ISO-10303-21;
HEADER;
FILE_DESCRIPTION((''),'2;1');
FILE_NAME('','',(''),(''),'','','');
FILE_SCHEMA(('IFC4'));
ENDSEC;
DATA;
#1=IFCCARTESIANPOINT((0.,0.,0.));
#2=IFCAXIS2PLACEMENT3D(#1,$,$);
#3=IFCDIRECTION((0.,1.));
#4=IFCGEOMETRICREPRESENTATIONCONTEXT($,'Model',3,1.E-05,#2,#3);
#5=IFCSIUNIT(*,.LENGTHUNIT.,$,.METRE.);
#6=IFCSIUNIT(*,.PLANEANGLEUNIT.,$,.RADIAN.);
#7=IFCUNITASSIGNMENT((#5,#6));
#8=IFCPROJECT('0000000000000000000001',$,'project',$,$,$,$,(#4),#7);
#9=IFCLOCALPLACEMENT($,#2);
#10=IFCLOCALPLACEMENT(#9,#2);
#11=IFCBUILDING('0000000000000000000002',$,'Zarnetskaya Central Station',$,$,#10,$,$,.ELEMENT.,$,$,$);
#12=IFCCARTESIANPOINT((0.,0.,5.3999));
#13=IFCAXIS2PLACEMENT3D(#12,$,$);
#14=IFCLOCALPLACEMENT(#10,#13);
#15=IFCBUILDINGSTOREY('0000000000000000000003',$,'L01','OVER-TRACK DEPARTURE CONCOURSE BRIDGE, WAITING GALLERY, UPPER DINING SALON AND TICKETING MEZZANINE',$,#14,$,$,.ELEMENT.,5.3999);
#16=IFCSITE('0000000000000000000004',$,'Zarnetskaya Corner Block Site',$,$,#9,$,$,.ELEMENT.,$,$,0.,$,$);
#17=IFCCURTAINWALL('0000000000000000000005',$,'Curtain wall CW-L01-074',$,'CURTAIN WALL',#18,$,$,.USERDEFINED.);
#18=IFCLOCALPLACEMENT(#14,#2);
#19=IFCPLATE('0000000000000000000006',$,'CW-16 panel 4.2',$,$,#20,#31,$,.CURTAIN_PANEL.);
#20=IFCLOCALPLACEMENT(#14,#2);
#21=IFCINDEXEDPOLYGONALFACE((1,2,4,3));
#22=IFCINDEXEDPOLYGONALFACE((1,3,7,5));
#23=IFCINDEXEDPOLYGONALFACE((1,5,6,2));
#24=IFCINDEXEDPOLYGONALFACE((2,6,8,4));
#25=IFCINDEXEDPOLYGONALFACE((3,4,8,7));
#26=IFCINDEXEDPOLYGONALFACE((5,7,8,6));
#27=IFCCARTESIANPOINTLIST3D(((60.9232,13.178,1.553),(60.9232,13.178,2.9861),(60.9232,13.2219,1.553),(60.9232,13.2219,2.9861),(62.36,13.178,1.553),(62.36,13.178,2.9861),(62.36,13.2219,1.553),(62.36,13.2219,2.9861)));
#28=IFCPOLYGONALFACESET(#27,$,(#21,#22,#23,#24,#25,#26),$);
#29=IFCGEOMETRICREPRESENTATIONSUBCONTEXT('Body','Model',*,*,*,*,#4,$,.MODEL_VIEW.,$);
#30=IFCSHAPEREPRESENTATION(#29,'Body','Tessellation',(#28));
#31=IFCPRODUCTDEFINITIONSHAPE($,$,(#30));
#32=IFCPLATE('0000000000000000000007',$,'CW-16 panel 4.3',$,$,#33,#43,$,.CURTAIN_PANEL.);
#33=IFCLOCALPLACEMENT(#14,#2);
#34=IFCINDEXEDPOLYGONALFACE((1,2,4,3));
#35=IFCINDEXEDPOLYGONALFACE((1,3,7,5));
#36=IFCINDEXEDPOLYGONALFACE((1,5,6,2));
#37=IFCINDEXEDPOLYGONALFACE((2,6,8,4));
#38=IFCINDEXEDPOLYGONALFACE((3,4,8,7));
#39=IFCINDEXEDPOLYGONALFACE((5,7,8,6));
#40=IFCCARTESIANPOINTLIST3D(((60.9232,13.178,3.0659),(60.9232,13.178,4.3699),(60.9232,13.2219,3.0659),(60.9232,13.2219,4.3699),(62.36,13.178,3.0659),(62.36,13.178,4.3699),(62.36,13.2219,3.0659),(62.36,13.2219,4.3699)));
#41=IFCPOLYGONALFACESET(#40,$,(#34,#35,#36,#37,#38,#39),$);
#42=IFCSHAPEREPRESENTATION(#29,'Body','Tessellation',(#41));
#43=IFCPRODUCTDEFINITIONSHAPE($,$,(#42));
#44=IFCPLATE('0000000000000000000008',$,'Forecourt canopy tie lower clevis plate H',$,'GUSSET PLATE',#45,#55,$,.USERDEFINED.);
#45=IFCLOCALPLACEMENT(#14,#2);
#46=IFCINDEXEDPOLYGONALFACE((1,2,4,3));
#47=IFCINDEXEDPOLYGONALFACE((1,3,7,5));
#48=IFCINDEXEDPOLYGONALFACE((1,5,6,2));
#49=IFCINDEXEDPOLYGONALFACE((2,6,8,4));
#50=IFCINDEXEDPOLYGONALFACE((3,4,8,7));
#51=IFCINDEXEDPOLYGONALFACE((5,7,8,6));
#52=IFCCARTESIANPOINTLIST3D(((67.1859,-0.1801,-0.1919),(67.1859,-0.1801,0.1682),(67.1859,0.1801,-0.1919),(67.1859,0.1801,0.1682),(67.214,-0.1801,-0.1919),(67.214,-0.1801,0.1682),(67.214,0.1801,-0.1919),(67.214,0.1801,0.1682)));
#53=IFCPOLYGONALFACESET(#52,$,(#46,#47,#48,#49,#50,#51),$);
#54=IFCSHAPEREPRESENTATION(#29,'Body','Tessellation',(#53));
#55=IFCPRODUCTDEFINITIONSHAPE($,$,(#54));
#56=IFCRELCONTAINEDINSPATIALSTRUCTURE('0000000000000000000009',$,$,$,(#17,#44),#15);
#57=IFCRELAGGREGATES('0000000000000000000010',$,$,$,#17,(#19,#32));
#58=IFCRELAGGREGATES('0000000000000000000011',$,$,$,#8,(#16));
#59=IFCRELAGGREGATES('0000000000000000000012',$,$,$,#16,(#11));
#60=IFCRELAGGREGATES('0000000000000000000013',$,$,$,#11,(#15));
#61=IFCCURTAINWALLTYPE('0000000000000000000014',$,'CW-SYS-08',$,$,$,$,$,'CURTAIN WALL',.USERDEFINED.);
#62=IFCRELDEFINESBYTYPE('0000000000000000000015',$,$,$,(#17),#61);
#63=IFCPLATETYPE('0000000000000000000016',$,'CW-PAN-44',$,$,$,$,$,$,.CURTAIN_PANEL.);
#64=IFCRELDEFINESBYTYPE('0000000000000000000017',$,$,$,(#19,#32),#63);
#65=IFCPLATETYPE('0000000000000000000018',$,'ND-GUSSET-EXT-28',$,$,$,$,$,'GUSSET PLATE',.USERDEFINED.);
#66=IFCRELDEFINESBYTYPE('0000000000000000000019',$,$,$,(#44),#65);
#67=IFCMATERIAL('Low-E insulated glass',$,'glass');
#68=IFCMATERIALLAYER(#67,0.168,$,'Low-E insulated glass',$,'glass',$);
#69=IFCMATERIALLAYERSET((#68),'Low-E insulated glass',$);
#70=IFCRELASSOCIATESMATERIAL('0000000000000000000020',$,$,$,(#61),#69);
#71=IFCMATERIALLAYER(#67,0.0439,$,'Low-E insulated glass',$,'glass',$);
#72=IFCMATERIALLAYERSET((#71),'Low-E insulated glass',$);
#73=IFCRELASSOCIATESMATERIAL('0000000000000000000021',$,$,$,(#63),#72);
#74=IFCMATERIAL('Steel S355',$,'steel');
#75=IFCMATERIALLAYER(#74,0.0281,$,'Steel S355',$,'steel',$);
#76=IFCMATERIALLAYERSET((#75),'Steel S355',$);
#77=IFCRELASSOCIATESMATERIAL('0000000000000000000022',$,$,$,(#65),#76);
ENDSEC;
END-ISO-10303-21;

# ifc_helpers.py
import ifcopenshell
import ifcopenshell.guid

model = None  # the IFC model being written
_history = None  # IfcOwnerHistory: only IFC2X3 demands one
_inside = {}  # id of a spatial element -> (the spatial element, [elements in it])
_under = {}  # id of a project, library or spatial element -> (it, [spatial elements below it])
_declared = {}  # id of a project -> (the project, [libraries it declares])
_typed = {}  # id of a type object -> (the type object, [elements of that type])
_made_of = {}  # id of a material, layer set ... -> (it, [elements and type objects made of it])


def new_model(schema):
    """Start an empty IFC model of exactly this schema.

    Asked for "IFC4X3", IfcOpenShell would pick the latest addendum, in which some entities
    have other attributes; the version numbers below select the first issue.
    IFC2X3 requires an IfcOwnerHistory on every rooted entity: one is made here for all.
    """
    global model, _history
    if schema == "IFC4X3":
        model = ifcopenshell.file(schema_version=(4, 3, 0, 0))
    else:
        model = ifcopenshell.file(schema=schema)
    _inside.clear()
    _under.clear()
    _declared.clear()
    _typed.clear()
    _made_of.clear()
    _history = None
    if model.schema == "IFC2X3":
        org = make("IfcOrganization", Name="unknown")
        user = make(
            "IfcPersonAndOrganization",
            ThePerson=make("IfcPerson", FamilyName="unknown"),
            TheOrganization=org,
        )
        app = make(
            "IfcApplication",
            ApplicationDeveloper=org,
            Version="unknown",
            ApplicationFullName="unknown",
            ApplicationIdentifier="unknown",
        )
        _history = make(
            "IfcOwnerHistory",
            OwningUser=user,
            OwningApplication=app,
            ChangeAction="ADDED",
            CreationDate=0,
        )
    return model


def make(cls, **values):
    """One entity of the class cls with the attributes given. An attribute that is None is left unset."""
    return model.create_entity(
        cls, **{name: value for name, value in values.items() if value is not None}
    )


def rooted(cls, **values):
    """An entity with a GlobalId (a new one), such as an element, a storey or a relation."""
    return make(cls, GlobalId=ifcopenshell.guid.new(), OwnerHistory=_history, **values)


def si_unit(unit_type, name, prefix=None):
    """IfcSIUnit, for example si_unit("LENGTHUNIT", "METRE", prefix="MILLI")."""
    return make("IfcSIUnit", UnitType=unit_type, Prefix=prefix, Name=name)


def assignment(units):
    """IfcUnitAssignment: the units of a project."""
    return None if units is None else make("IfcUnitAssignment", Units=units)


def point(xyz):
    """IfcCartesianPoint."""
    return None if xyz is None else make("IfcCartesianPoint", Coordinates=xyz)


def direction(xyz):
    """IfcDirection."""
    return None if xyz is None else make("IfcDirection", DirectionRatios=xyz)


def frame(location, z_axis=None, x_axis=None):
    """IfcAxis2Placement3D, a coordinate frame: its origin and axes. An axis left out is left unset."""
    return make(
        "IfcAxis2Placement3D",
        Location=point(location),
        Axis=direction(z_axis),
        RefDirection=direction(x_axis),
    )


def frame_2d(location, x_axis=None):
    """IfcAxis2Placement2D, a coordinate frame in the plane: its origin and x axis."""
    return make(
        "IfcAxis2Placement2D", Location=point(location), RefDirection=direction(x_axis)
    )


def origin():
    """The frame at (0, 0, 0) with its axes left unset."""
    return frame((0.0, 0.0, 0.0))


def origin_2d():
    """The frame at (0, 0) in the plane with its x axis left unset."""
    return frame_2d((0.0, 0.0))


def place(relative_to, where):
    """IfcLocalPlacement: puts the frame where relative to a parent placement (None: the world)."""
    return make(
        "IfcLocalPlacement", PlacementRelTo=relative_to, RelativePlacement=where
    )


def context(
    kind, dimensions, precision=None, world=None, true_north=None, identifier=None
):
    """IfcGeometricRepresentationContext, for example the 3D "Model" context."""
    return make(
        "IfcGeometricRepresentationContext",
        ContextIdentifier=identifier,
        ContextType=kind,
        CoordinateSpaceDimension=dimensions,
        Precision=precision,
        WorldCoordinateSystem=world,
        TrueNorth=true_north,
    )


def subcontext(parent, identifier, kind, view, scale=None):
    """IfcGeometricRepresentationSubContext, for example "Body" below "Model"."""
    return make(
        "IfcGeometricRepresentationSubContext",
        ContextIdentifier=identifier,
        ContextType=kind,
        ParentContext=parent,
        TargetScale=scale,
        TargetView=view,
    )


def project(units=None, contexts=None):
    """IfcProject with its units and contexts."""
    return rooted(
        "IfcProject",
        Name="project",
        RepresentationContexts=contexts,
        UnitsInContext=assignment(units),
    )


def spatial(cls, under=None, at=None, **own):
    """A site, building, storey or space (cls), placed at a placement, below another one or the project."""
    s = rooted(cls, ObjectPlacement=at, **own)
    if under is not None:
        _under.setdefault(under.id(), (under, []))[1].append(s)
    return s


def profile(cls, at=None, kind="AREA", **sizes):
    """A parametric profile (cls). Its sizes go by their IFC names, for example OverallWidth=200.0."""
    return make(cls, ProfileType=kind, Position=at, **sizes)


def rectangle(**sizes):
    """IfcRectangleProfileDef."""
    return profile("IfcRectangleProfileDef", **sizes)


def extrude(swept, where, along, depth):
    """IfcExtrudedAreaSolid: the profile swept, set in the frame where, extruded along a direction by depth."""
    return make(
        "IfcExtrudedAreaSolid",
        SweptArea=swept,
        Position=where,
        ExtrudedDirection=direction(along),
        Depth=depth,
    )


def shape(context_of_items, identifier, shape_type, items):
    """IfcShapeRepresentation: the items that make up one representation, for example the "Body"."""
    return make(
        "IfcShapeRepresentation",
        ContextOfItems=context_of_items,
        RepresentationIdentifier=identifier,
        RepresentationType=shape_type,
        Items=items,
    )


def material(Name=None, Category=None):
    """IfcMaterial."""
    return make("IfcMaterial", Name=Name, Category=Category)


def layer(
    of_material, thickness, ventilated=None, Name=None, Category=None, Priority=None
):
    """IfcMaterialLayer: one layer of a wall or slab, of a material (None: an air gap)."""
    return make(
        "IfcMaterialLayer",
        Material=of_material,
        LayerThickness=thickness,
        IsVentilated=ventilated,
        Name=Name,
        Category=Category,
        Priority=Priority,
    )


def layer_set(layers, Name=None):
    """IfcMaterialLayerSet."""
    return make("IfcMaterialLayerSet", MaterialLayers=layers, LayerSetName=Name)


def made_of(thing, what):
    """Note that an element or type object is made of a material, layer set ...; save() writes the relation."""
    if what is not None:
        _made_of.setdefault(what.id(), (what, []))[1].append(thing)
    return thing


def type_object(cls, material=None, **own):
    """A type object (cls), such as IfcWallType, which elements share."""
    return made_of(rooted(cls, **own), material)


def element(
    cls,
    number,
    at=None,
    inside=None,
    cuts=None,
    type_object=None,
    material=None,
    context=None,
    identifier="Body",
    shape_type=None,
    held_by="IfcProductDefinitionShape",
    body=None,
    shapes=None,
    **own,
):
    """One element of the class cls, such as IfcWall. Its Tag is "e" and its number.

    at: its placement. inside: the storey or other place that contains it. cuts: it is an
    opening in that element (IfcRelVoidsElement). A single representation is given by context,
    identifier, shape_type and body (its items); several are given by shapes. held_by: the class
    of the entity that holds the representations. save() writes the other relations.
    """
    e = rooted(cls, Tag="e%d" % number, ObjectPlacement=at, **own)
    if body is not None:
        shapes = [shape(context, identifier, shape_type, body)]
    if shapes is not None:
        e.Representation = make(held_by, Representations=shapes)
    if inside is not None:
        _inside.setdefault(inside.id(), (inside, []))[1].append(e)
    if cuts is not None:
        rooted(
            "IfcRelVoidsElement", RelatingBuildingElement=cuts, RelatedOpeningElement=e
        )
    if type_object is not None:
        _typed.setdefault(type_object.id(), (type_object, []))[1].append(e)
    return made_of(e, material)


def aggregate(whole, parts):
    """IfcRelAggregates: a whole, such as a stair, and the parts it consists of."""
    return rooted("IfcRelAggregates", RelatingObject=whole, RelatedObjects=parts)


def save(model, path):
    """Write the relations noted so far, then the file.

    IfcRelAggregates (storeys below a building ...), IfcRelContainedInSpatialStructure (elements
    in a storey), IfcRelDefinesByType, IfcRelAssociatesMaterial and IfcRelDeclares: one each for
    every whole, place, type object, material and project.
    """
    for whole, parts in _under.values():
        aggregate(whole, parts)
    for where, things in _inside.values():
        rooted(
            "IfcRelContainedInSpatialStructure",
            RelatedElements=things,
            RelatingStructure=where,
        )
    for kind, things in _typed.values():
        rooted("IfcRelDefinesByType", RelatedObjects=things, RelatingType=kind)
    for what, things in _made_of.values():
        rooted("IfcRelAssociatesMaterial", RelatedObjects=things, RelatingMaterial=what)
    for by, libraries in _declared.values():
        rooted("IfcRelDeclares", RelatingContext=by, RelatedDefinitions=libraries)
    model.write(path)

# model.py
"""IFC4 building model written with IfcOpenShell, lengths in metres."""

from ifc_helpers import new_model, si_unit, direction, frame, origin, origin_2d, place, context, subcontext, project, spatial, rectangle, extrude, material, layer, layer_set, type_object, element, aggregate, save


model = new_model("IFC4")

# Units and contexts
model_context = context("Model", 3, precision=1e-05, world=origin(), true_north=direction((0.0, 1.0)))
body_context = subcontext(model_context, "Body", "Model", "MODEL_VIEW")
ifc_project = project(units=[si_unit("LENGTHUNIT", "METRE"), si_unit("PLANEANGLEUNIT", "RADIAN")], contexts=[model_context])

# Site, building, storey
site_placement = place(None, origin())
site = spatial("IfcSite", under=ifc_project, at=site_placement, Name="Zarnetskaya Corner Block Site", CompositionType="ELEMENT", RefElevation=0.0)
building_placement = place(site_placement, origin())
building = spatial("IfcBuilding", under=site, at=building_placement, Name="Zarnetskaya Central Station", CompositionType="ELEMENT")
storey_placement = place(building_placement, frame((0.0, 0.0, 5.3999)))
storey = spatial("IfcBuildingStorey", under=building, at=storey_placement, Name="L01", Description="OVER-TRACK DEPARTURE CONCOURSE BRIDGE, WAITING GALLERY, UPPER DINING SALON AND TICKETING MEZZANINE", CompositionType="ELEMENT", Elevation=5.3999)

# Shared definitions
ifc_material_1 = material(Name="Steel S355", Category="steel")

# Curtain wall
ifc_material_2 = material(Name="Low-E insulated glass", Category="glass")
ifc_layer_1 = layer(ifc_material_2, 0.168, Name="Low-E insulated glass", Category="glass")
ifc_layer_set_1 = layer_set([ifc_layer_1], Name="Low-E insulated glass")
curtain_wall_type = type_object("IfcCurtainWallType", Name="CW-SYS-08", ElementType="CURTAIN WALL", PredefinedType="USERDEFINED", material=ifc_layer_set_1)
curtain_wall_placement = place(storey_placement, origin())
curtain_wall = element("IfcCurtainWall", 1, at=curtain_wall_placement, inside=storey, type_object=curtain_wall_type, Name="Curtain wall CW-L01-074", ObjectType="CURTAIN WALL", PredefinedType="USERDEFINED")

# Plates
ifc_layer_2 = layer(ifc_material_2, 0.0439, Name="Low-E insulated glass", Category="glass")
ifc_layer_set_2 = layer_set([ifc_layer_2], Name="Low-E insulated glass")
plate_type_1 = type_object("IfcPlateType", Name="CW-PAN-44", PredefinedType="CURTAIN_PANEL", material=ifc_layer_set_2)
plate_1_placement = place(storey_placement, frame((61.6416, 13.2, 1.553), z_axis=(0.0, 0.0, 1.0), x_axis=(-1.0, 0.0, 0.0)))
plate_1 = element("IfcPlate", 2, at=plate_1_placement, type_object=plate_type_1, Name="CW-16 panel 4.2", PredefinedType="CURTAIN_PANEL", context=body_context, shape_type="SweptSolid", body=[
    extrude(rectangle(XDim=1.4368, YDim=0.0439, at=origin_2d()), origin(), (0.0, 0.0, 1.0), 1.4331),
])
plate_2_placement = place(storey_placement, frame((61.6416, 13.2, 3.0659), z_axis=(0.0, 0.0, 1.0), x_axis=(-1.0, 0.0, 0.0)))
plate_2 = element("IfcPlate", 3, at=plate_2_placement, type_object=plate_type_1, Name="CW-16 panel 4.3", PredefinedType="CURTAIN_PANEL", context=body_context, shape_type="SweptSolid", body=[
    extrude(rectangle(XDim=1.4368, YDim=0.0439, at=origin_2d()), origin(), (0.0, 0.0, 1.0), 1.304),
])
aggregate(curtain_wall, [plate_1, plate_2])
ifc_layer_3 = layer(ifc_material_1, 0.0281, Name="Steel S355", Category="steel")
ifc_layer_set_3 = layer_set([ifc_layer_3], Name="Steel S355")
plate_type_2 = type_object("IfcPlateType", Name="ND-GUSSET-EXT-28", ElementType="GUSSET PLATE", PredefinedType="USERDEFINED", material=ifc_layer_set_3)
plate_3_placement = place(storey_placement, frame((67.2, 0.0, -0.1919), z_axis=(0.0, 0.0, 1.0), x_axis=(1.0, 0.0, 0.0)))
element("IfcPlate", 4, at=plate_3_placement, inside=storey, type_object=plate_type_2, Name="Forecourt canopy tie lower clevis plate H", ObjectType="GUSSET PLATE", PredefinedType="USERDEFINED", context=body_context, shape_type="SweptSolid", body=[
    extrude(rectangle(XDim=0.0281, YDim=0.3601, at=origin_2d()), origin(), (0.0, 0.0, 1.0), 0.3601),
])

save(model, "model.ifc")
